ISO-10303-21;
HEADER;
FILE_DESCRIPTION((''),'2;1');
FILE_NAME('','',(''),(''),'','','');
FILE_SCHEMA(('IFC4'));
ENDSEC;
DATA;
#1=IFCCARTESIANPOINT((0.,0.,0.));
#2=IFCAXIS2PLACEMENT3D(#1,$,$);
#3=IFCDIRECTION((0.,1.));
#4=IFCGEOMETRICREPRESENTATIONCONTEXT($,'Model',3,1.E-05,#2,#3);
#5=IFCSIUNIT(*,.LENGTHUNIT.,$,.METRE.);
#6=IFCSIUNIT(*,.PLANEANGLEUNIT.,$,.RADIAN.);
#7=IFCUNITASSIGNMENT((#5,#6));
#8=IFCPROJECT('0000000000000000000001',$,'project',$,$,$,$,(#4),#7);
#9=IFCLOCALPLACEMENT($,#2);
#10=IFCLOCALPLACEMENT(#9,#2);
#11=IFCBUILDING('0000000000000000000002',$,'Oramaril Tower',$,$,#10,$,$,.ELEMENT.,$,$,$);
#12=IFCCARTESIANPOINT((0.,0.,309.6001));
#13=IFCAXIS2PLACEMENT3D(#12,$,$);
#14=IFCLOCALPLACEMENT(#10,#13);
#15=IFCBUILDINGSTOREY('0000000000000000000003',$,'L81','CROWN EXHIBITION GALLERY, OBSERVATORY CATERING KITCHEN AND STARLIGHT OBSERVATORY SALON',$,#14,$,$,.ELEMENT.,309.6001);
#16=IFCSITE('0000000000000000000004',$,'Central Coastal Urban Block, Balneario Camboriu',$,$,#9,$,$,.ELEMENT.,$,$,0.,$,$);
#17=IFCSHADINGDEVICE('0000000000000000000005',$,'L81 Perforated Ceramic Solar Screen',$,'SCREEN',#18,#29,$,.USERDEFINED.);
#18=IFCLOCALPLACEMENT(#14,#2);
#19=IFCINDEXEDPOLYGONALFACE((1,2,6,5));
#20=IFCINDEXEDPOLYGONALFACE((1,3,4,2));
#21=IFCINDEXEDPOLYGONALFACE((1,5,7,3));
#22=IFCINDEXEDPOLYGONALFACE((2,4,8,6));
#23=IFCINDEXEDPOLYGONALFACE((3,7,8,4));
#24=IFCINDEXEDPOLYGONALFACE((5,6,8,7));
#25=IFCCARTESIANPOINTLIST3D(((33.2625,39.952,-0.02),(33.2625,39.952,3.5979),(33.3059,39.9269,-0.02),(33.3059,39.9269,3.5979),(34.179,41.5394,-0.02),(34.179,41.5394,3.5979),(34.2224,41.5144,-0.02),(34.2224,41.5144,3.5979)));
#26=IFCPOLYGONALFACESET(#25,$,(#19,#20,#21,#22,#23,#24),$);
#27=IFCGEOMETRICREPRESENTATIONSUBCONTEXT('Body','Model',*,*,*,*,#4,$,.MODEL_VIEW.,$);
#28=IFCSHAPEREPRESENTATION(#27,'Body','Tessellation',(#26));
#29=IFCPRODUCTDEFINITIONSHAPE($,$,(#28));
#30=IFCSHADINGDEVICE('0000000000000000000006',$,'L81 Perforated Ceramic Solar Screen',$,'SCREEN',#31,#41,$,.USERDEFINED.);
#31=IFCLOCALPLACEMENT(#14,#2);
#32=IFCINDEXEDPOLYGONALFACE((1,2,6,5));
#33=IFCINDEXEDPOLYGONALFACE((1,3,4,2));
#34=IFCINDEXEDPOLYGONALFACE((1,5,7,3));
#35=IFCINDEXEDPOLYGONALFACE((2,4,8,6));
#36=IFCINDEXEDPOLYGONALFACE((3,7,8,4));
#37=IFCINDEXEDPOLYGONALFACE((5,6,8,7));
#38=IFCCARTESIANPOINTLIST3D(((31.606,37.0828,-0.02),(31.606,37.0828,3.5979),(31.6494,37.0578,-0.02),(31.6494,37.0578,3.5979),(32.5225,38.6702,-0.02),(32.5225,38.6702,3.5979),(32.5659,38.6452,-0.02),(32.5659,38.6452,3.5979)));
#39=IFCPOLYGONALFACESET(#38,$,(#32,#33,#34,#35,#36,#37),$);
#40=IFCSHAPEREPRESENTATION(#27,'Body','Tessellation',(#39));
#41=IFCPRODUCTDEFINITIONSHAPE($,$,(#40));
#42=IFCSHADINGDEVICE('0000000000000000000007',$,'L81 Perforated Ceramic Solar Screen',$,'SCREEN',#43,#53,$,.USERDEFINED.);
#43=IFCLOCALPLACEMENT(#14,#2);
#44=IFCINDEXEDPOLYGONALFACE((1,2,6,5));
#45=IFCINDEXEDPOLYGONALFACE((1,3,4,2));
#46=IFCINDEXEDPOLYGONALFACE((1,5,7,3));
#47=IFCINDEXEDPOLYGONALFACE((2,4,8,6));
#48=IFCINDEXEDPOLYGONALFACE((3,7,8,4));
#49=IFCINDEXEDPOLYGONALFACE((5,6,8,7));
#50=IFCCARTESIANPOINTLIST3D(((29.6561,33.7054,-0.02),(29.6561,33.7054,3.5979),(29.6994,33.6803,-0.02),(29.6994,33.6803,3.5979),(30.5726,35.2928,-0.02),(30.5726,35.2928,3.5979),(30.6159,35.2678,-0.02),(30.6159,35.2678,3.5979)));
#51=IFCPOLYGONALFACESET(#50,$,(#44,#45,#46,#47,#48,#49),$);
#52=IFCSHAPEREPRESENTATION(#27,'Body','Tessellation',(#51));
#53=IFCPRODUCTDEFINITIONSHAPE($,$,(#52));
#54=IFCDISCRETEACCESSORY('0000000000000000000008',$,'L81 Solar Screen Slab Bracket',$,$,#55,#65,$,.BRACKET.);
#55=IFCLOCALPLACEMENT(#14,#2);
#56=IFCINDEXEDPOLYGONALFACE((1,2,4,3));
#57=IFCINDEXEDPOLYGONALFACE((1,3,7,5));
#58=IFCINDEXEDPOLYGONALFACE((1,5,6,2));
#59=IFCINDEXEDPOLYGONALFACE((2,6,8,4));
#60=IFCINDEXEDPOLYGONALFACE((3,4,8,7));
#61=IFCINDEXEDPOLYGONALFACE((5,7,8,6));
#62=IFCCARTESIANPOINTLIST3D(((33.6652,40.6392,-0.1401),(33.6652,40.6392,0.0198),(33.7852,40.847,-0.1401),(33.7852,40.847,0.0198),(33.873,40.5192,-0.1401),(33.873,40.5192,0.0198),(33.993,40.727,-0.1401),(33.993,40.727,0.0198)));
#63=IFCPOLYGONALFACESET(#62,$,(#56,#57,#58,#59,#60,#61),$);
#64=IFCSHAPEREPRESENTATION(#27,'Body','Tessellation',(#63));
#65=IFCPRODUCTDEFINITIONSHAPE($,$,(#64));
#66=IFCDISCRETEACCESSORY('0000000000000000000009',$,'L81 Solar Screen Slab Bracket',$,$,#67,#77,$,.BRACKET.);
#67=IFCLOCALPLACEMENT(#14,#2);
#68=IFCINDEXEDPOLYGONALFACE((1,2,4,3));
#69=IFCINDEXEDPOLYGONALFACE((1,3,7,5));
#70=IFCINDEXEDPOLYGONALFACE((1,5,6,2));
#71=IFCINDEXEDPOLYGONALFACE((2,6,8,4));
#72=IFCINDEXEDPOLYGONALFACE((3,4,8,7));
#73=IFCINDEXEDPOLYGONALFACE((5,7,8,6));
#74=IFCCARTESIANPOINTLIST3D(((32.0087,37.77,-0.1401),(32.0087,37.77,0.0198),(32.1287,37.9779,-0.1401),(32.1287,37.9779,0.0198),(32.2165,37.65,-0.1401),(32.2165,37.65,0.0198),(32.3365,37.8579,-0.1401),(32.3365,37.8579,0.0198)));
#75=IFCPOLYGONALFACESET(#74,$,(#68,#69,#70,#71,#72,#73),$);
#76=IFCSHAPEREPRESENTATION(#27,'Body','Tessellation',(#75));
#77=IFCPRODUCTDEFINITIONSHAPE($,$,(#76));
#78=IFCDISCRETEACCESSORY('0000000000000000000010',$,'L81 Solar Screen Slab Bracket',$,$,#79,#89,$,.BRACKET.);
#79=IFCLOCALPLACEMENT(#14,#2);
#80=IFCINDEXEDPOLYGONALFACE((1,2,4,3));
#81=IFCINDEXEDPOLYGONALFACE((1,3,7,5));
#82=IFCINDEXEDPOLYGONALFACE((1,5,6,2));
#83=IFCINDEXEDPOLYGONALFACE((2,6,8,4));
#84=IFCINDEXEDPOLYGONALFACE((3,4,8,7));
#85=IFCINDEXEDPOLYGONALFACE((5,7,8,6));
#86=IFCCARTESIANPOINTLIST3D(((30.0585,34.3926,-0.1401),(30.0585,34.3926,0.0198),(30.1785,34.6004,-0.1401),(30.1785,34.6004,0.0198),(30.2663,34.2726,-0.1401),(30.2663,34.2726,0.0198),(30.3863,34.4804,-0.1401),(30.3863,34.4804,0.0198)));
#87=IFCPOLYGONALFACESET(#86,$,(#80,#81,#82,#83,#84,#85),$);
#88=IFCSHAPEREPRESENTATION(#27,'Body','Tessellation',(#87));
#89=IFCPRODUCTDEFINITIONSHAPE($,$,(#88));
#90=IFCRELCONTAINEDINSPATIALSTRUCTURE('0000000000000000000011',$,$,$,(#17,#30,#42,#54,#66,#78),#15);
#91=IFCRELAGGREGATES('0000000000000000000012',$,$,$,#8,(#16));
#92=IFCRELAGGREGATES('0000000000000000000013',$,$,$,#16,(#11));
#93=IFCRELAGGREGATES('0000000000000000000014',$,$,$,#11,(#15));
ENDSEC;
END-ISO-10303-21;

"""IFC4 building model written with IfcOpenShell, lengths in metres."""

from ifc_helpers import new_model, si_unit, direction, frame, origin, origin_2d, place, context, subcontext, project, spatial, rectangle, extrude, element, save


model = new_model("IFC4")

# Units and contexts
model_context = context("Model", 3, precision=1e-05, world=origin(), true_north=direction((0.0, 1.0)))
body_context = subcontext(model_context, "Body", "Model", "MODEL_VIEW")
ifc_project = project(units=[si_unit("LENGTHUNIT", "METRE"), si_unit("PLANEANGLEUNIT", "RADIAN")], contexts=[model_context])

# Site, building, storey
site_placement = place(None, origin())
site = spatial("IfcSite", under=ifc_project, at=site_placement, Name="Central Coastal Urban Block, Balneario Camboriu", CompositionType="ELEMENT", RefElevation=0.0)
building_placement = place(site_placement, origin())
building = spatial("IfcBuilding", under=site, at=building_placement, Name="Oramaril Tower", CompositionType="ELEMENT")
storey_placement = place(building_placement, frame((0.0, 0.0, 309.6001)))
storey = spatial("IfcBuildingStorey", under=building, at=storey_placement, Name="L81", Description="CROWN EXHIBITION GALLERY, OBSERVATORY CATERING KITCHEN AND STARLIGHT OBSERVATORY SALON", CompositionType="ELEMENT", Elevation=309.6001)

# Shading devices
for number, where, z_axis, x_axis, name in (
    (1, (33.7424, 40.7332, -0.02), (0.0, 0.0, 1.0), (-0.500002, -0.866025, 0.0), "L81 Perforated Ceramic Solar Screen"),
    (2, (32.0859, 37.864, -0.02), (0.0, 0.0, 1.0), (-0.500002, -0.866025, 0.0), "L81 Perforated Ceramic Solar Screen"),
    (3, (30.136, 34.4866, -0.02), (0.0, 0.0, 1.0), (-0.500002, -0.866025, 0.0), "L81 Perforated Ceramic Solar Screen"),
):
    element("IfcShadingDevice", number, at=place(storey_placement, frame(where, z_axis=z_axis, x_axis=x_axis)), inside=storey, Name=name, ObjectType="SCREEN", PredefinedType="USERDEFINED", context=body_context, shape_type="SweptSolid", body=[
        extrude(rectangle(XDim=1.833, YDim=0.05, at=origin_2d()), origin(), (0.0, 0.0, 1.0), 3.6179),
    ])

# Discrete accessories
for number, where, z_axis, x_axis, name in (
    (4, (33.8291, 40.6831, -0.1401), (0.0, 0.0, 1.0), (-0.500002, -0.866025, 0.0), "L81 Solar Screen Slab Bracket"),
    (5, (32.1726, 37.814, -0.1401), (0.0, 0.0, 1.0), (-0.500002, -0.866025, 0.0), "L81 Solar Screen Slab Bracket"),
    (6, (30.2224, 34.4365, -0.1401), (0.0, 0.0, 1.0), (-0.500002, -0.866025, 0.0), "L81 Solar Screen Slab Bracket"),
):
    element("IfcDiscreteAccessory", number, at=place(storey_placement, frame(where, z_axis=z_axis, x_axis=x_axis)), inside=storey, Name=name, PredefinedType="BRACKET", context=body_context, shape_type="SweptSolid", body=[
        extrude(rectangle(XDim=0.24, YDim=0.24, at=origin_2d()), origin(), (0.0, 0.0, 1.0), 0.1599),
    ])

save(model, "model.ifc")
